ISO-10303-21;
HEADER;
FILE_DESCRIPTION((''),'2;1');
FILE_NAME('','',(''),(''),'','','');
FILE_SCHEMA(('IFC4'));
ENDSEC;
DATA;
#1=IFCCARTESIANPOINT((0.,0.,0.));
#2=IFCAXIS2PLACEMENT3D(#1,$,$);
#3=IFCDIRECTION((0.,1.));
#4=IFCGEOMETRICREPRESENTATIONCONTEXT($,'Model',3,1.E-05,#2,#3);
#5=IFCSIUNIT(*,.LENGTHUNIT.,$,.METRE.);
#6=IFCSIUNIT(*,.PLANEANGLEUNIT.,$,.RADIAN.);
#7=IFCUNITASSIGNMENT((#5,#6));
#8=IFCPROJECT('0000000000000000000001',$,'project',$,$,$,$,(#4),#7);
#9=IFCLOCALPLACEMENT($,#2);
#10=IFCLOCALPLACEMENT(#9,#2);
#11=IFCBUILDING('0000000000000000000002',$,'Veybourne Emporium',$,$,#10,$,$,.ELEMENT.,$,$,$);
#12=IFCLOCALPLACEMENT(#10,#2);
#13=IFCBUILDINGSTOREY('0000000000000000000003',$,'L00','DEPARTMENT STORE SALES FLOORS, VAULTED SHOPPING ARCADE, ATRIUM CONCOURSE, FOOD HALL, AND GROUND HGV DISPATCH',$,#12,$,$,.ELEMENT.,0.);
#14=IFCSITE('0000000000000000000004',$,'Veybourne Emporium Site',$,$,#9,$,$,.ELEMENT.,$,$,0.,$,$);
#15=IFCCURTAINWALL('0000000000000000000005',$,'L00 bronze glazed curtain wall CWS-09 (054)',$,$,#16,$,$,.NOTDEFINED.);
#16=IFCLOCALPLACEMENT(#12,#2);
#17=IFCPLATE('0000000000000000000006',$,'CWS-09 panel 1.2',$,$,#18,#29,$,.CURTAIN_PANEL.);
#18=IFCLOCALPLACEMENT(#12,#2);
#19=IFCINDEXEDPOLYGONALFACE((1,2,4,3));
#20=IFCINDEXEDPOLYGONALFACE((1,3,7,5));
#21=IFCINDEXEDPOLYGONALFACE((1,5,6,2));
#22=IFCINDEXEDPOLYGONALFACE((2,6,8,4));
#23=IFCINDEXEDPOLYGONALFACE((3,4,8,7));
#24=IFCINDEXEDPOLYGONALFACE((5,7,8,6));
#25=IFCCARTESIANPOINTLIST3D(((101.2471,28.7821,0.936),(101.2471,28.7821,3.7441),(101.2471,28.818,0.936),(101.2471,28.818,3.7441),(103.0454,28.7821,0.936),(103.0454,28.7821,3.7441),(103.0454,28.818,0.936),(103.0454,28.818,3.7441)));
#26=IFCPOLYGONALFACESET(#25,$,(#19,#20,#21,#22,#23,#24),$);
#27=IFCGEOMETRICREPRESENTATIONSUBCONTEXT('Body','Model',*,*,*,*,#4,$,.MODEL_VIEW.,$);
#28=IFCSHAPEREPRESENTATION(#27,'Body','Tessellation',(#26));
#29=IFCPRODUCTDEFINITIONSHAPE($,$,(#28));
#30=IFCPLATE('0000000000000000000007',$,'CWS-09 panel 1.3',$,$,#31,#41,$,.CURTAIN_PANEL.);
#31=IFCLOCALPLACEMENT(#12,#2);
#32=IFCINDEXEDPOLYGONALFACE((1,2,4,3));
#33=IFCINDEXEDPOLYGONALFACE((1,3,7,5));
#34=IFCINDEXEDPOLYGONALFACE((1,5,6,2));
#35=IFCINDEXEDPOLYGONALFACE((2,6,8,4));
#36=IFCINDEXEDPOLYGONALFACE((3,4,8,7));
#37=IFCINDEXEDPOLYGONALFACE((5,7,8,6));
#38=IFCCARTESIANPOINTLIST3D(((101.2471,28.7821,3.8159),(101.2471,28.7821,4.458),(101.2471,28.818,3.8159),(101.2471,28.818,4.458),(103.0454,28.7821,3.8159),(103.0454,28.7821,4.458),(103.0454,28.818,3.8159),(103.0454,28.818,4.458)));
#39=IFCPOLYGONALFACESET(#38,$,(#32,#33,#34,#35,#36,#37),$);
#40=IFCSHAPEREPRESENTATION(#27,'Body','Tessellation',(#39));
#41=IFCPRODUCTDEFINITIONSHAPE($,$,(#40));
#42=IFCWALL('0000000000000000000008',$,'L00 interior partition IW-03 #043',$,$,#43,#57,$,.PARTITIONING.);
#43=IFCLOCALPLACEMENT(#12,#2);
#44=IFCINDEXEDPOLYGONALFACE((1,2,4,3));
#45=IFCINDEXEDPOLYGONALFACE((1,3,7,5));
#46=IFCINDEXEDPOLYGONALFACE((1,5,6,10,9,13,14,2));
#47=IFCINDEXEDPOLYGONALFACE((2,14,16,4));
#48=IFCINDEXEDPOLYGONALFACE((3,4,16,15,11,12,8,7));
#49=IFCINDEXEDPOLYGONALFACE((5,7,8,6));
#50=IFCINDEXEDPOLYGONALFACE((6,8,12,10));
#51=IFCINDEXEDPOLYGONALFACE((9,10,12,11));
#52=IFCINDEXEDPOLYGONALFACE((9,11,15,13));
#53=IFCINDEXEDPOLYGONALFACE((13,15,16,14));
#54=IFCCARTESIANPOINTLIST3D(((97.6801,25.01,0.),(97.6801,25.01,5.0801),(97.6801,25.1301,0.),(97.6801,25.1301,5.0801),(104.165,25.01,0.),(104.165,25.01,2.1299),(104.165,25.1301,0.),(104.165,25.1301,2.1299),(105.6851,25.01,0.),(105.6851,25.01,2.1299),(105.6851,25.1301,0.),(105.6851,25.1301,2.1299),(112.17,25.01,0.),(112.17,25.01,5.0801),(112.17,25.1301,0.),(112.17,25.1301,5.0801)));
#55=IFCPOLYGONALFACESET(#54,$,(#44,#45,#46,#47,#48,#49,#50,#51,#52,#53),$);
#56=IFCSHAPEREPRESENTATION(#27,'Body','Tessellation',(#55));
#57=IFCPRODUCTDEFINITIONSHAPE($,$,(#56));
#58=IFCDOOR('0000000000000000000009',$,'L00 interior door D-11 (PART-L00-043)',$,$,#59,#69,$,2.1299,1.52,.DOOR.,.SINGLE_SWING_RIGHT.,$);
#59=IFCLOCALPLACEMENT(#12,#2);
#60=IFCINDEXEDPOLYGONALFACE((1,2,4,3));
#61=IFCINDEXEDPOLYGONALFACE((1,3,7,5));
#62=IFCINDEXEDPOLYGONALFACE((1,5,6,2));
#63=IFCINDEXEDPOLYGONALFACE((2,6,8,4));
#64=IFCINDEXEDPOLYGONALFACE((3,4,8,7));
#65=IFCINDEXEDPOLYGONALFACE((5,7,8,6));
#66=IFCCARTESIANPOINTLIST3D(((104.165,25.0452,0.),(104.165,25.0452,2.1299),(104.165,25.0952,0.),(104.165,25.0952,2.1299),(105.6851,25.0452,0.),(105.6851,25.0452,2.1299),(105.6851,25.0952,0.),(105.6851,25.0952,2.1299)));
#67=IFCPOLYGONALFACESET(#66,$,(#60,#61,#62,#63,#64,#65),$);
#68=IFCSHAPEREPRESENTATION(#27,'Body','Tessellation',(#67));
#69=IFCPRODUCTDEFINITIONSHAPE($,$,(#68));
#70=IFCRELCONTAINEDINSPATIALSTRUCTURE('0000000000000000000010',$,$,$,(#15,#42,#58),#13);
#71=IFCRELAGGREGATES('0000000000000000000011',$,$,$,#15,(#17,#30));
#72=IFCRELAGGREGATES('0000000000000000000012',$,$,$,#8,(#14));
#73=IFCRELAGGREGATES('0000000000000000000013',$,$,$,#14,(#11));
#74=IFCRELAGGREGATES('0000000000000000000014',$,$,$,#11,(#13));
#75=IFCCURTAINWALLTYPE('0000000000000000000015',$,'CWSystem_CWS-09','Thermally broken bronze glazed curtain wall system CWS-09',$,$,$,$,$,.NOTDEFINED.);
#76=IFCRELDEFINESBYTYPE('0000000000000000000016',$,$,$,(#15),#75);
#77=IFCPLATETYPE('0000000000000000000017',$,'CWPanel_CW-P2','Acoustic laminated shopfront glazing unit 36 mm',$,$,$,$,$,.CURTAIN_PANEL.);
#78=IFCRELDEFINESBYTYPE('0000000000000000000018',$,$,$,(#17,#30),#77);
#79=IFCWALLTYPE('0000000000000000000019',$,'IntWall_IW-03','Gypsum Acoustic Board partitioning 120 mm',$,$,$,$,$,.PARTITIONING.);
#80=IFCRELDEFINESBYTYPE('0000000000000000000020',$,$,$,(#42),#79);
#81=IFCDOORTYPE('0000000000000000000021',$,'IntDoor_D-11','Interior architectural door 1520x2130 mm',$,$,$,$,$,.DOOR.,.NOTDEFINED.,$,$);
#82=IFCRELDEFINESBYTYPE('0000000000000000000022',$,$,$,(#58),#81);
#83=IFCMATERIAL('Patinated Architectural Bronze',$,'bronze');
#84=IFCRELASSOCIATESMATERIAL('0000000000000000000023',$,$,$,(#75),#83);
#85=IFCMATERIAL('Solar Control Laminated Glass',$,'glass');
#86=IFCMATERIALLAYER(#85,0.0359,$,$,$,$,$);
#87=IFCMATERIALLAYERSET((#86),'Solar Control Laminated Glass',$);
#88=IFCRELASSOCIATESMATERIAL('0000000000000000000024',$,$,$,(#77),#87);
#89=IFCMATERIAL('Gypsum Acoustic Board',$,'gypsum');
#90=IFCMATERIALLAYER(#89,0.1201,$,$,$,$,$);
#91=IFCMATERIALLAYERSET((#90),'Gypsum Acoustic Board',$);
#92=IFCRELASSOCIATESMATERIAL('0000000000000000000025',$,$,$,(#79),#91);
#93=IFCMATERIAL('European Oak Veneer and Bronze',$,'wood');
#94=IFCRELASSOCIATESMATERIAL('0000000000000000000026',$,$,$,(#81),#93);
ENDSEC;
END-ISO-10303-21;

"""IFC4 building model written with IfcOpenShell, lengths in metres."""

from ifc_helpers import new_model, si_unit, direction, frame, frame_2d, origin, origin_2d, place, context, subcontext, project, spatial, rectangle, extrude, material, layer, layer_set, type_object, element, fill, aggregate, save


model = new_model("IFC4")

# Units and contexts
model_context = context("Model", 3, precision=1e-05, world=origin(), true_north=direction((0.0, 1.0)))
body_context = subcontext(model_context, "Body", "Model", "MODEL_VIEW")
ifc_project = project(units=[si_unit("LENGTHUNIT", "METRE"), si_unit("PLANEANGLEUNIT", "RADIAN")], contexts=[model_context])

# Site, building, storey
site_placement = place(None, origin())
site = spatial("IfcSite", under=ifc_project, at=site_placement, Name="Veybourne Emporium Site", CompositionType="ELEMENT", RefElevation=0.0)
building_placement = place(site_placement, origin())
building = spatial("IfcBuilding", under=site, at=building_placement, Name="Veybourne Emporium", CompositionType="ELEMENT")
storey_placement = place(building_placement, origin())
storey = spatial("IfcBuildingStorey", under=building, at=storey_placement, Name="L00", Description="DEPARTMENT STORE SALES FLOORS, VAULTED SHOPPING ARCADE, ATRIUM CONCOURSE, FOOD HALL, AND GROUND HGV DISPATCH", CompositionType="ELEMENT", Elevation=0.0)

# Curtain wall
ifc_material_1 = material(Name="Patinated Architectural Bronze", Category="bronze")
curtain_wall_type_1 = type_object("IfcCurtainWallType", Name="CWSystem_CWS-09", Description="Thermally broken bronze glazed curtain wall system CWS-09", PredefinedType="NOTDEFINED", material=ifc_material_1)
curtain_wall_1_placement = place(storey_placement, origin())
curtain_wall_1 = element("IfcCurtainWall", 1, at=curtain_wall_1_placement, inside=storey, type_object=curtain_wall_type_1, Name="L00 bronze glazed curtain wall CWS-09 (054)", PredefinedType="NOTDEFINED")

# Plates
ifc_material_2 = material(Name="Solar Control Laminated Glass", Category="glass")
ifc_layer_1 = layer(ifc_material_2, 0.0359)
ifc_layer_set_1 = layer_set([ifc_layer_1], Name="Solar Control Laminated Glass")
plate_type = type_object("IfcPlateType", Name="CWPanel_CW-P2", Description="Acoustic laminated shopfront glazing unit 36 mm", PredefinedType="CURTAIN_PANEL", material=ifc_layer_set_1)
plate_1_placement = place(storey_placement, frame((102.1462, 28.8, 0.936), z_axis=(0.0, 0.0, 1.0), x_axis=(1.0, 0.0, 0.0)))
plate_1 = element("IfcPlate", 2, at=plate_1_placement, type_object=plate_type, Name="CWS-09 panel 1.2", PredefinedType="CURTAIN_PANEL", context=body_context, shape_type="SweptSolid", body=[
    extrude(rectangle(XDim=1.7983, YDim=0.0359, at=origin_2d()), origin(), (0.0, 0.0, 1.0), 2.8081),
])
plate_2_placement = place(storey_placement, frame((102.1462, 28.8, 3.8159), z_axis=(0.0, 0.0, 1.0), x_axis=(1.0, 0.0, 0.0)))
plate_2 = element("IfcPlate", 3, at=plate_2_placement, type_object=plate_type, Name="CWS-09 panel 1.3", PredefinedType="CURTAIN_PANEL", context=body_context, shape_type="SweptSolid", body=[
    extrude(rectangle(XDim=1.7983, YDim=0.0359, at=origin_2d()), origin(), (0.0, 0.0, 1.0), 0.6421),
])
aggregate(curtain_wall_1, [plate_1, plate_2])

# Wall, opening, door
ifc_material_3 = material(Name="Gypsum Acoustic Board", Category="gypsum")
ifc_layer_2 = layer(ifc_material_3, 0.1201)
ifc_layer_set_2 = layer_set([ifc_layer_2], Name="Gypsum Acoustic Board")
wall_type = type_object("IfcWallType", Name="IntWall_IW-03", Description="Gypsum Acoustic Board partitioning 120 mm", PredefinedType="PARTITIONING", material=ifc_layer_set_2)
wall_placement = place(storey_placement, frame((97.6799, 25.0701, 0.0), z_axis=(0.0, 0.0, 1.0), x_axis=(1.0, 0.0, 0.0)))
wall = element("IfcWall", 4, at=wall_placement, inside=storey, type_object=wall_type, Name="L00 interior partition IW-03 #043", PredefinedType="PARTITIONING", context=body_context, shape_type="SweptSolid", body=[
    extrude(rectangle(XDim=14.49, YDim=0.1201, at=frame_2d((7.2451, 0.0))), origin(), (0.0, 0.0, 1.0), 5.0801),
])
opening_placement = place(wall_placement, frame((6.4851, 0.0, 0.0)))
opening = element("IfcOpeningElement", 5, at=opening_placement, cuts=wall, PredefinedType="OPENING", context=body_context, shape_type="SweptSolid", body=[
    extrude(rectangle(XDim=1.52, YDim=2.1299, at=frame_2d((0.76, 1.0649))), frame((0.0, 0.0801, 0.0), z_axis=(0.0, -1.0, 0.0), x_axis=(1.0, 0.0, 0.0)), (0.0, 0.0, 1.0), 0.1602),
])
ifc_material_4 = material(Name="European Oak Veneer and Bronze", Category="wood")
door_type = type_object("IfcDoorType", Name="IntDoor_D-11", Description="Interior architectural door 1520x2130 mm", OperationType="NOTDEFINED", PredefinedType="DOOR", material=ifc_material_4)
door_placement = place(opening_placement, frame((1.52, 0.0, 0.0), z_axis=(0.0, 0.0, 1.0), x_axis=(-1.0, 0.0, 0.0)))
door = element("IfcDoor", 6, at=door_placement, inside=storey, type_object=door_type, Name="L00 interior door D-11 (PART-L00-043)", OperationType="SINGLE_SWING_RIGHT", OverallHeight=2.1299, OverallWidth=1.52, PredefinedType="DOOR", context=body_context, shape_type="SweptSolid", body=[
    extrude(rectangle(XDim=1.52, YDim=2.1299, at=frame_2d((0.76, 1.0649))), frame((0.0, 0.0249, 0.0), z_axis=(0.0, -1.0, 0.0), x_axis=(1.0, 0.0, 0.0)), (0.0, 0.0, 1.0), 0.05),
])
fill(opening, door)

save(model, "model.ifc")
